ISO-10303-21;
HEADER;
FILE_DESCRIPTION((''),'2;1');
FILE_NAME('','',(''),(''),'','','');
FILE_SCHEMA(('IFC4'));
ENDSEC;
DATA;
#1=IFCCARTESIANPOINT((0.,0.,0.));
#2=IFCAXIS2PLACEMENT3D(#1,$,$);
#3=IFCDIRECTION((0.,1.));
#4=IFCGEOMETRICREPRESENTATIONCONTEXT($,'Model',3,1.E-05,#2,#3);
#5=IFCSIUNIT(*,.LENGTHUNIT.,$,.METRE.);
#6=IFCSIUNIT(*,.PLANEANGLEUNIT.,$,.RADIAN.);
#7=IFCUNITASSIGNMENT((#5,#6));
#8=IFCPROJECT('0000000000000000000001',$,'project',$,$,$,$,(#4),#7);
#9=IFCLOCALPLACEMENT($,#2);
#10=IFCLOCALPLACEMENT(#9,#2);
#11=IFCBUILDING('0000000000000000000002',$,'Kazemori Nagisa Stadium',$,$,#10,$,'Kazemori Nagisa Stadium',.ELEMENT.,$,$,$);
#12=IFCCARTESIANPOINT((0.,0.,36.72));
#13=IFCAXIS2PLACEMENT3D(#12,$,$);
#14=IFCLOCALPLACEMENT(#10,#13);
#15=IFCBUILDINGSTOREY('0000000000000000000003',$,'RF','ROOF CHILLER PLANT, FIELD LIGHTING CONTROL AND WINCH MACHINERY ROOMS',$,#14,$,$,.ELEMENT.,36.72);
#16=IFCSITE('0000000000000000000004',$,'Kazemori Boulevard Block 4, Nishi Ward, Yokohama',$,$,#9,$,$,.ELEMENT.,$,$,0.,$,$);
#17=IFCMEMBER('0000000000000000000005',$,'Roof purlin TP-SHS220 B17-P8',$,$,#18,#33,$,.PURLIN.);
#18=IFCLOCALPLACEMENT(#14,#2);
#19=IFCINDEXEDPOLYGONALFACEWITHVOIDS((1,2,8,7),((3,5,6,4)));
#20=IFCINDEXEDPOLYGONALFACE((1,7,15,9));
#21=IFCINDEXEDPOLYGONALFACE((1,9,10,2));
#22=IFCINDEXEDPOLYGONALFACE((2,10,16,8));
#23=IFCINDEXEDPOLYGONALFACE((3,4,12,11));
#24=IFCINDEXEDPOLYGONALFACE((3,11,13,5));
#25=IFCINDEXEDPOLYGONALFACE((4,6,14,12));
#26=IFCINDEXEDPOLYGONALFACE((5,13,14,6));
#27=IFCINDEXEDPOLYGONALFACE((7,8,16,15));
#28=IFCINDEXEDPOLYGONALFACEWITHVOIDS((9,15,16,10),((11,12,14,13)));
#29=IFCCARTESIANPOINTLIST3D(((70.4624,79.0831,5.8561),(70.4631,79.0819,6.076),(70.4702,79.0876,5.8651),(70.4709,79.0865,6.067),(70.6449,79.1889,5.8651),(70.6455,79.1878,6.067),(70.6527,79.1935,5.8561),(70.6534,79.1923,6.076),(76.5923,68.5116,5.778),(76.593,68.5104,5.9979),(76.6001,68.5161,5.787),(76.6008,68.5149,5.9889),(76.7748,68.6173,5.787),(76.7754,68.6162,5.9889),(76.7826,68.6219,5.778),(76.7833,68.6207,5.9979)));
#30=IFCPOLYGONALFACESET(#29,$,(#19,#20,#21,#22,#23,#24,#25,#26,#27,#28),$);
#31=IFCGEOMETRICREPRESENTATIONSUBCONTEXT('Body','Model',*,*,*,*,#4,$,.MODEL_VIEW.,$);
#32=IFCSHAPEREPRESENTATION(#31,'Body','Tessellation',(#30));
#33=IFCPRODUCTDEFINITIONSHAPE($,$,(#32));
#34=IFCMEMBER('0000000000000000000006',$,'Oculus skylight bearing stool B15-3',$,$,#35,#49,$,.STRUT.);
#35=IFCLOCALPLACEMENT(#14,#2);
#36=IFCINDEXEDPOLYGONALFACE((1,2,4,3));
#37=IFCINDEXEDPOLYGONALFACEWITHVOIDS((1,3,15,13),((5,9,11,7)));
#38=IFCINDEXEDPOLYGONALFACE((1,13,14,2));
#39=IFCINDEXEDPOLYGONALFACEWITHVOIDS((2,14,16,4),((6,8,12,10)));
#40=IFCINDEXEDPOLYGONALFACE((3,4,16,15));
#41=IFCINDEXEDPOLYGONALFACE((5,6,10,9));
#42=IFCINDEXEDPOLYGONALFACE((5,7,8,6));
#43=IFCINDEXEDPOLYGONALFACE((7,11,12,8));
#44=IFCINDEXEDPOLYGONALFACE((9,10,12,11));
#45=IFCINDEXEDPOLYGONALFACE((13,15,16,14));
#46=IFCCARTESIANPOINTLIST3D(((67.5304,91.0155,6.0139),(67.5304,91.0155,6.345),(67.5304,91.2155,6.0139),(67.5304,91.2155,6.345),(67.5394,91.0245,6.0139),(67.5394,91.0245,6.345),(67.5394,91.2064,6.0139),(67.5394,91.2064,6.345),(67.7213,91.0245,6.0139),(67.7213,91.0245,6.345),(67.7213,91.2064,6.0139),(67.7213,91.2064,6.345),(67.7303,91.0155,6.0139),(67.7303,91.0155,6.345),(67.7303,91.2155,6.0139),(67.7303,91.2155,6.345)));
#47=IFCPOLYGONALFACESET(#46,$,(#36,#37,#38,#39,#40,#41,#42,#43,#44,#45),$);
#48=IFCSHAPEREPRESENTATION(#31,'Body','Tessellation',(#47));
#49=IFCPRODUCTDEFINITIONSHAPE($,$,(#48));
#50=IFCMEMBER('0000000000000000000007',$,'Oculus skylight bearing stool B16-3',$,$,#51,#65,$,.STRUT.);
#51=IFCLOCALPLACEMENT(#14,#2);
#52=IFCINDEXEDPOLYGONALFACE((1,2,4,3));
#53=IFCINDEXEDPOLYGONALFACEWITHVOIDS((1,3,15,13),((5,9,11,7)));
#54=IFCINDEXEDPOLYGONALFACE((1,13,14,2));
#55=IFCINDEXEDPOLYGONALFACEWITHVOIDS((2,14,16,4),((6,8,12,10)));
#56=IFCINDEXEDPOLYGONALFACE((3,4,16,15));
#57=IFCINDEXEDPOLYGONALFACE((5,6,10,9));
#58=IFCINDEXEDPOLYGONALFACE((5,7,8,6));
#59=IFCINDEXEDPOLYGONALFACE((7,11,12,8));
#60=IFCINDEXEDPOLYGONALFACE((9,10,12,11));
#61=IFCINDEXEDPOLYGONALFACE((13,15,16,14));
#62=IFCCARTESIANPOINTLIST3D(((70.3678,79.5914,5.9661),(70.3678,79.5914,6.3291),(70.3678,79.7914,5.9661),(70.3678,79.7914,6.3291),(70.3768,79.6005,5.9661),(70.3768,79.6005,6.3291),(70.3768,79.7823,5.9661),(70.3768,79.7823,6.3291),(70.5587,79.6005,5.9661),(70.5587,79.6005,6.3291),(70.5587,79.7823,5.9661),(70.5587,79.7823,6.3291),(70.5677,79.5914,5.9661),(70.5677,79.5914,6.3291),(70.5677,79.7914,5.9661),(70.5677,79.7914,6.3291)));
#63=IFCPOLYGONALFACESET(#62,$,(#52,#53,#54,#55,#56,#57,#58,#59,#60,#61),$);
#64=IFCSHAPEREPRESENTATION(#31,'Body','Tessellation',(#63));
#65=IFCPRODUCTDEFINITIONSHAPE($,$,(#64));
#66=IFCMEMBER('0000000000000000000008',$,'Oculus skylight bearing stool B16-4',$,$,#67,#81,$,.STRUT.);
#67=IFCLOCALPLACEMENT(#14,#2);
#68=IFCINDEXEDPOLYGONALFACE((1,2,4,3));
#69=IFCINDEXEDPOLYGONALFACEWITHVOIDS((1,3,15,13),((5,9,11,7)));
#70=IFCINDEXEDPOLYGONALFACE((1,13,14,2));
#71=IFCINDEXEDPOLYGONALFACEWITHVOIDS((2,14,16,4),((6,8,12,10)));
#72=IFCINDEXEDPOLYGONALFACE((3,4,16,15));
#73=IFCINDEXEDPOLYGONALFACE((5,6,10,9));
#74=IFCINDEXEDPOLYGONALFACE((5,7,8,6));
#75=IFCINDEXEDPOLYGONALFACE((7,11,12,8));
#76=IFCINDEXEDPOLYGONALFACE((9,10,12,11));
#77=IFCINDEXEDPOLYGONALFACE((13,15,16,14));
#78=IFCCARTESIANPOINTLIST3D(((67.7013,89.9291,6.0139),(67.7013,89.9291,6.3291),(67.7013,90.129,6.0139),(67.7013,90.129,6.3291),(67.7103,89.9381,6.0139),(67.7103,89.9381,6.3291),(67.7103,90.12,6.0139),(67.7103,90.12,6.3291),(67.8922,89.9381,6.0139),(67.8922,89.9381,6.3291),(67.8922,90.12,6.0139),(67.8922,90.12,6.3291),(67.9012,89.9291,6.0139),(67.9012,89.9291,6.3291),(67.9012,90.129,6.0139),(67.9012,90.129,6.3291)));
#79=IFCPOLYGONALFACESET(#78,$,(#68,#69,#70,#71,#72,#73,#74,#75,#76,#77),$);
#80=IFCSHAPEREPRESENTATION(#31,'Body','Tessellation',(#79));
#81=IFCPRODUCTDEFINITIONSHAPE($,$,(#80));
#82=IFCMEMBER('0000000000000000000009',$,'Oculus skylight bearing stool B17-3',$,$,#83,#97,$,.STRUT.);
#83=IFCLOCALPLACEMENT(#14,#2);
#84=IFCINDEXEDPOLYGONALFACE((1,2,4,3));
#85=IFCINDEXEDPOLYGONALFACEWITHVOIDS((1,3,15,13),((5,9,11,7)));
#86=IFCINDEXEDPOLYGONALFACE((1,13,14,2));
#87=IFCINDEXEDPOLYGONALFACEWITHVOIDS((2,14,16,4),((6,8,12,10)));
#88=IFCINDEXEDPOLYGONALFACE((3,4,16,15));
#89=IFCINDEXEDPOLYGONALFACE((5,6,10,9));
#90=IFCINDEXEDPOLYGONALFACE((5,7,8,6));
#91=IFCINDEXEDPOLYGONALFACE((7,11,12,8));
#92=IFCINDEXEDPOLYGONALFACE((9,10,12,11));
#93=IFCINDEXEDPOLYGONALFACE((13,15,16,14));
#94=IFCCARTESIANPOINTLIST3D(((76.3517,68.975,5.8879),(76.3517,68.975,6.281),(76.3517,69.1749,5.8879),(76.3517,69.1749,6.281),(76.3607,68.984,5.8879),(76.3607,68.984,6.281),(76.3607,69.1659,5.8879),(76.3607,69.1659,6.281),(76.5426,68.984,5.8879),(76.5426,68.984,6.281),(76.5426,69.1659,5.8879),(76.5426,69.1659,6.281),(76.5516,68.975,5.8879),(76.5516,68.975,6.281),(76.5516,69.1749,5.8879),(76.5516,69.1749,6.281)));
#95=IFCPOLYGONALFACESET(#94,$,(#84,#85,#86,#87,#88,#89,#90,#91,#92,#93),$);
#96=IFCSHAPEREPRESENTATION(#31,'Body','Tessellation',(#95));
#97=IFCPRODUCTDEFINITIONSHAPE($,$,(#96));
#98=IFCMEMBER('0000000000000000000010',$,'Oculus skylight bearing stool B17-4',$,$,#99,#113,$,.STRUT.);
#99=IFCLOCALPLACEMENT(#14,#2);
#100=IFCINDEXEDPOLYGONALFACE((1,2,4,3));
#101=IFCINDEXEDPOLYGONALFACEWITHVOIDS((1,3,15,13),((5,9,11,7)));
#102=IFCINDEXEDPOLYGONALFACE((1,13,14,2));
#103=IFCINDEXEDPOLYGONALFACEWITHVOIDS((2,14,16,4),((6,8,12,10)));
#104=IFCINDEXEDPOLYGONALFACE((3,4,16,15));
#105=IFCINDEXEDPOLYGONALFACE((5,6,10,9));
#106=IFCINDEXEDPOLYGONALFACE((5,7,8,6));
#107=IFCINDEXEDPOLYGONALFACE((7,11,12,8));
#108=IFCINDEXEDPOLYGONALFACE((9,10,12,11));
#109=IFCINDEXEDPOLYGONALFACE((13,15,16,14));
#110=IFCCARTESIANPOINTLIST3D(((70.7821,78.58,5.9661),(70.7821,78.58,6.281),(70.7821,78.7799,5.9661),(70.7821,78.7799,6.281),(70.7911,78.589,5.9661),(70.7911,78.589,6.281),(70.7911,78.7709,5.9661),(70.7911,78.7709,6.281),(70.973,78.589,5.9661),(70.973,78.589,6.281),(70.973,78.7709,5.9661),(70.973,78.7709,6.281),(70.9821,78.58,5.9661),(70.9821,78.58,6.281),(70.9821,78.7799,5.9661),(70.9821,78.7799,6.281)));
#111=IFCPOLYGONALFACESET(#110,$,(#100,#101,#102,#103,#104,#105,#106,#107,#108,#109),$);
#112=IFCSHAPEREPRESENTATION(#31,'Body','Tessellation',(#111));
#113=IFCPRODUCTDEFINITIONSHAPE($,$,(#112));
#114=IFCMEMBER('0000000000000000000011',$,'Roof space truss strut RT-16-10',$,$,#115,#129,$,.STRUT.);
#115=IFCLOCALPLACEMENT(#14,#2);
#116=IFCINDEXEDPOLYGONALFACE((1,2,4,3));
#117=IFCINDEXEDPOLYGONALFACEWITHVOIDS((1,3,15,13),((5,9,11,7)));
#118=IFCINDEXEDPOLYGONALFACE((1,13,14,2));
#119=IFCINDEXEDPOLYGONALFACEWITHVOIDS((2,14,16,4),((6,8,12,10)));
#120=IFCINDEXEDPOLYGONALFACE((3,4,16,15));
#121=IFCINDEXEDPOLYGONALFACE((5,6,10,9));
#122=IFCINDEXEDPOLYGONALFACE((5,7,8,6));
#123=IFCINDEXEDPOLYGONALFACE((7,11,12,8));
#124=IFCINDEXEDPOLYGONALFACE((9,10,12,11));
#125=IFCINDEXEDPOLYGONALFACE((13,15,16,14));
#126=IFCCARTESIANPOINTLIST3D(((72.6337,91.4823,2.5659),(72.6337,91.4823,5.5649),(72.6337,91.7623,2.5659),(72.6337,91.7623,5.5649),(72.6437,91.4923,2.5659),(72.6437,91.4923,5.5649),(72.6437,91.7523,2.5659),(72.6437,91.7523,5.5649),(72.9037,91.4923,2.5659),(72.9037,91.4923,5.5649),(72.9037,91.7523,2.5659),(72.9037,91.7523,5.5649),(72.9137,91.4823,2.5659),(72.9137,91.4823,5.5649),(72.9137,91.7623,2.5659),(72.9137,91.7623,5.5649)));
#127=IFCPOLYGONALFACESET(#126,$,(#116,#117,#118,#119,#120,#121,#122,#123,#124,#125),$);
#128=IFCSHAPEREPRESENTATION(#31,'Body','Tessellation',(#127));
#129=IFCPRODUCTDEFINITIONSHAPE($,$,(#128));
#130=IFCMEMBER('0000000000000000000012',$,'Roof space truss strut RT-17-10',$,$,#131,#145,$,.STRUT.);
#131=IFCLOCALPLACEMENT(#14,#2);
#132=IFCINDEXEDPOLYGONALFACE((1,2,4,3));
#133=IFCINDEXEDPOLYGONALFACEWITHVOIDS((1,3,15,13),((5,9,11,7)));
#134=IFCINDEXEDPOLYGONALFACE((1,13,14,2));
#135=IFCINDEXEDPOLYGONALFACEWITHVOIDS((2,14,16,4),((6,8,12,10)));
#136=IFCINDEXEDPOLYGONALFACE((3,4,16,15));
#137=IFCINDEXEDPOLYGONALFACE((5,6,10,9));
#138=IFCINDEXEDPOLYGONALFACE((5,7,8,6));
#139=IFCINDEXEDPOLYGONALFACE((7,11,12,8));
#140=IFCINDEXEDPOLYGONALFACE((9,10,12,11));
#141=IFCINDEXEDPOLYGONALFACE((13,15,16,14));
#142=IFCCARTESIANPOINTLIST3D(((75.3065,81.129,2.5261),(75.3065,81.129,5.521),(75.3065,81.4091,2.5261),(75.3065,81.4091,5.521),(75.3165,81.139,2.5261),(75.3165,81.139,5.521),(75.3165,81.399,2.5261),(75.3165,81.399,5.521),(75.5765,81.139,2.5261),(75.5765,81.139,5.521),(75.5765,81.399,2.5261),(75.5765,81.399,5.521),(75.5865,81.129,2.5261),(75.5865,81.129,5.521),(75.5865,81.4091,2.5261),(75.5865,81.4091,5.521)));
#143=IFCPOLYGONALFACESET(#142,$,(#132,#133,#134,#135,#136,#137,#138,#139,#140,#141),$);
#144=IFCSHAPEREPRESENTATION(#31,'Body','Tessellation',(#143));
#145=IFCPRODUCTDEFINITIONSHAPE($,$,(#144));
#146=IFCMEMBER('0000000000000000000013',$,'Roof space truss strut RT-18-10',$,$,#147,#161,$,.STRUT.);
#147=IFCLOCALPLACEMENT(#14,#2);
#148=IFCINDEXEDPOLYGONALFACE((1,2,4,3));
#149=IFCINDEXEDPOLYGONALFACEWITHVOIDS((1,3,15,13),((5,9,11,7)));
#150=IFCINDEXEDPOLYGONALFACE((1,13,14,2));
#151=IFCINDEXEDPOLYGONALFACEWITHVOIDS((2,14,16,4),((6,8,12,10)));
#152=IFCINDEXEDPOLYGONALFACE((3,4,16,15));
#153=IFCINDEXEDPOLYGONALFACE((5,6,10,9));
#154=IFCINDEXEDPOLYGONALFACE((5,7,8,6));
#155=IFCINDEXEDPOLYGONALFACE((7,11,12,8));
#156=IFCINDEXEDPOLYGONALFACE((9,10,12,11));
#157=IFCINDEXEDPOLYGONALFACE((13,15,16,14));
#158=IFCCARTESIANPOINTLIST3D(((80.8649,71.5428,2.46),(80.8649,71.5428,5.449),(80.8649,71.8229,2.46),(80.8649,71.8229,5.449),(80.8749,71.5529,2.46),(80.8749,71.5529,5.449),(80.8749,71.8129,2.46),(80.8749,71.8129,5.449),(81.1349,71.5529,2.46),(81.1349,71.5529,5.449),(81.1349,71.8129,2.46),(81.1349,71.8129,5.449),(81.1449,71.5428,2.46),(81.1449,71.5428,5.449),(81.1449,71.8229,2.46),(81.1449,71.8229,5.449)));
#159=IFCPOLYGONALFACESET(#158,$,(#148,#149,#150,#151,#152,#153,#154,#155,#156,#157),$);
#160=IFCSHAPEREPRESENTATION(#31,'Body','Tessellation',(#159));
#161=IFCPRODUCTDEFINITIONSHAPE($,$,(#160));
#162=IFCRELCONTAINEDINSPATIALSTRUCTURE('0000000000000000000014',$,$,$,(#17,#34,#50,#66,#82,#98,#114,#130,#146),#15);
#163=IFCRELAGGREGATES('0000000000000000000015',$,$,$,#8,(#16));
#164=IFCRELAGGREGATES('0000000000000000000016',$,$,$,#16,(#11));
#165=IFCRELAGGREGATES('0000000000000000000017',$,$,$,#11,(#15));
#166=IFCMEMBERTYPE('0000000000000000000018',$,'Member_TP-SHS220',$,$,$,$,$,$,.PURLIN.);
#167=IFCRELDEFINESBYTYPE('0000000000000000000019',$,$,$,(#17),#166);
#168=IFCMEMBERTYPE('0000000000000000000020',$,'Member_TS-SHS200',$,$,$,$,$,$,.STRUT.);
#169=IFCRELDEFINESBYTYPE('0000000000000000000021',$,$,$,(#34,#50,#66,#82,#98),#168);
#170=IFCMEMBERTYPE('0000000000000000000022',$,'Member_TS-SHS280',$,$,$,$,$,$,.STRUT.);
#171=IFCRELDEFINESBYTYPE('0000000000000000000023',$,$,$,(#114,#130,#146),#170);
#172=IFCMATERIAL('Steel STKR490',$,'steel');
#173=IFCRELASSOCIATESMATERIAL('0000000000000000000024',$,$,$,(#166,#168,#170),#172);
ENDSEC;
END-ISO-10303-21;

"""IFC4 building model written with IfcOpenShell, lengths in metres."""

from ifc_helpers import new_model, si_unit, direction, frame, origin, origin_2d, place, context, subcontext, project, spatial, hollow_rectangle, extrude, material, material_profile, profile_set, type_object, element, save


model = new_model("IFC4")

# Units and contexts
model_context = context("Model", 3, precision=1e-05, world=origin(), true_north=direction((0.0, 1.0)))
body_context = subcontext(model_context, "Body", "Model", "MODEL_VIEW")
ifc_project = project(units=[si_unit("LENGTHUNIT", "METRE"), si_unit("PLANEANGLEUNIT", "RADIAN")], contexts=[model_context])

# Site, building, storey
site_placement = place(None, origin())
site = spatial("IfcSite", under=ifc_project, at=site_placement, Name="Kazemori Boulevard Block 4, Nishi Ward, Yokohama", CompositionType="ELEMENT", RefElevation=0.0)
building_placement = place(site_placement, origin())
building = spatial("IfcBuilding", under=site, at=building_placement, Name="Kazemori Nagisa Stadium", LongName="Kazemori Nagisa Stadium", CompositionType="ELEMENT")
storey_placement = place(building_placement, frame((0.0, 0.0, 36.72)))
storey = spatial("IfcBuildingStorey", under=building, at=storey_placement, Name="RF", Description="ROOF CHILLER PLANT, FIELD LIGHTING CONTROL AND WINCH MACHINERY ROOMS", CompositionType="ELEMENT", Elevation=36.72)

# Members
ifc_material = material(Name="Steel STKR490", Category="steel")
ifc_material_profile_1 = material_profile(ifc_material, hollow_rectangle(XDim=0.22, YDim=0.22, WallThickness=0.009, at=origin_2d()), Name="SHS-220x220x9")
ifc_profile_set_1 = profile_set([ifc_material_profile_1], Name="Steel STKR490")
member_type_1 = type_object("IfcMemberType", Name="Member_TP-SHS220", PredefinedType="PURLIN", material=ifc_profile_set_1)
member_1_placement = place(storey_placement, frame((70.5579, 79.1377, 5.9661), z_axis=(0.501609, -0.865071, -0.006393), x_axis=(0.865088, 0.50162, 0.0)))
element("IfcMember", 1, at=member_1_placement, inside=storey, type_object=member_type_1, Name="Roof purlin TP-SHS220 B17-P8", PredefinedType="PURLIN", context=body_context, shape_type="SweptSolid", body=[
    extrude(hollow_rectangle(XDim=0.22, YDim=0.22, WallThickness=0.009, at=origin_2d()), origin(), (0.0, 0.0, 1.0), 12.2205),
])
ifc_material_profile_2 = material_profile(ifc_material, hollow_rectangle(XDim=0.2, YDim=0.2, WallThickness=0.009, at=origin_2d()), Name="SHS-200x200x9")
ifc_profile_set_2 = profile_set([ifc_material_profile_2], Name="Steel STKR490")
member_type_2 = type_object("IfcMemberType", Name="Member_TS-SHS200", PredefinedType="STRUT", material=ifc_profile_set_2)
member_2_placement = place(storey_placement, frame((67.6304, 91.1155, 6.0139), z_axis=(0.0, 0.0, 1.0), x_axis=(1.0, 0.0, 0.0)))
element("IfcMember", 2, at=member_2_placement, inside=storey, type_object=member_type_2, Name="Oculus skylight bearing stool B15-3", PredefinedType="STRUT", context=body_context, shape_type="SweptSolid", body=[
    extrude(hollow_rectangle(XDim=0.2, YDim=0.2, WallThickness=0.009, at=origin_2d()), origin(), (0.0, 0.0, 1.0), 0.3311),
])
member_3_placement = place(storey_placement, frame((70.4678, 79.6914, 5.9661), z_axis=(0.0, 0.0, 1.0), x_axis=(1.0, 0.0, 0.0)))
element("IfcMember", 3, at=member_3_placement, inside=storey, type_object=member_type_2, Name="Oculus skylight bearing stool B16-3", PredefinedType="STRUT", context=body_context, shape_type="SweptSolid", body=[
    extrude(hollow_rectangle(XDim=0.2, YDim=0.2, WallThickness=0.009, at=origin_2d()), origin(), (0.0, 0.0, 1.0), 0.363),
])
member_4_placement = place(storey_placement, frame((67.8013, 90.0291, 6.0139), z_axis=(0.0, 0.0, 1.0), x_axis=(1.0, 0.0, 0.0)))
element("IfcMember", 4, at=member_4_placement, inside=storey, type_object=member_type_2, Name="Oculus skylight bearing stool B16-4", PredefinedType="STRUT", context=body_context, shape_type="SweptSolid", body=[
    extrude(hollow_rectangle(XDim=0.2, YDim=0.2, WallThickness=0.009, at=origin_2d()), origin(), (0.0, 0.0, 1.0), 0.3152),
])
member_5_placement = place(storey_placement, frame((76.4517, 69.075, 5.8879), z_axis=(0.0, 0.0, 1.0), x_axis=(1.0, 0.0, 0.0)))
element("IfcMember", 5, at=member_5_placement, inside=storey, type_object=member_type_2, Name="Oculus skylight bearing stool B17-3", PredefinedType="STRUT", context=body_context, shape_type="SweptSolid", body=[
    extrude(hollow_rectangle(XDim=0.2, YDim=0.2, WallThickness=0.009, at=origin_2d()), origin(), (0.0, 0.0, 1.0), 0.3931),
])
member_6_placement = place(storey_placement, frame((70.8821, 78.6799, 5.9661), z_axis=(0.0, 0.0, 1.0), x_axis=(1.0, 0.0, 0.0)))
element("IfcMember", 6, at=member_6_placement, inside=storey, type_object=member_type_2, Name="Oculus skylight bearing stool B17-4", PredefinedType="STRUT", context=body_context, shape_type="SweptSolid", body=[
    extrude(hollow_rectangle(XDim=0.2, YDim=0.2, WallThickness=0.009, at=origin_2d()), origin(), (0.0, 0.0, 1.0), 0.3149),
])
ifc_material_profile_3 = material_profile(ifc_material, hollow_rectangle(XDim=0.28, YDim=0.28, WallThickness=0.01, at=origin_2d()), Name="SHS-280x280x10")
ifc_profile_set_3 = profile_set([ifc_material_profile_3], Name="Steel STKR490")
member_type_3 = type_object("IfcMemberType", Name="Member_TS-SHS280", PredefinedType="STRUT", material=ifc_profile_set_3)
member_7_placement = place(storey_placement, frame((72.7737, 91.6223, 2.5659), z_axis=(0.0, 0.0, 1.0), x_axis=(1.0, 0.0, 0.0)))
element("IfcMember", 7, at=member_7_placement, inside=storey, type_object=member_type_3, Name="Roof space truss strut RT-16-10", PredefinedType="STRUT", context=body_context, shape_type="SweptSolid", body=[
    extrude(hollow_rectangle(XDim=0.28, YDim=0.28, WallThickness=0.01, at=origin_2d()), origin(), (0.0, 0.0, 1.0), 2.999),
])
member_8_placement = place(storey_placement, frame((75.4465, 81.269, 2.5261), z_axis=(0.0, 0.0, 1.0), x_axis=(1.0, 0.0, 0.0)))
element("IfcMember", 8, at=member_8_placement, inside=storey, type_object=member_type_3, Name="Roof space truss strut RT-17-10", PredefinedType="STRUT", context=body_context, shape_type="SweptSolid", body=[
    extrude(hollow_rectangle(XDim=0.28, YDim=0.28, WallThickness=0.01, at=origin_2d()), origin(), (0.0, 0.0, 1.0), 2.9949),
])
member_9_placement = place(storey_placement, frame((81.0049, 71.6829, 2.46), z_axis=(0.0, 0.0, 1.0), x_axis=(1.0, 0.0, 0.0)))
element("IfcMember", 9, at=member_9_placement, inside=storey, type_object=member_type_3, Name="Roof space truss strut RT-18-10", PredefinedType="STRUT", context=body_context, shape_type="SweptSolid", body=[
    extrude(hollow_rectangle(XDim=0.28, YDim=0.28, WallThickness=0.01, at=origin_2d()), origin(), (0.0, 0.0, 1.0), 2.989),
])

save(model, "model.ifc")
